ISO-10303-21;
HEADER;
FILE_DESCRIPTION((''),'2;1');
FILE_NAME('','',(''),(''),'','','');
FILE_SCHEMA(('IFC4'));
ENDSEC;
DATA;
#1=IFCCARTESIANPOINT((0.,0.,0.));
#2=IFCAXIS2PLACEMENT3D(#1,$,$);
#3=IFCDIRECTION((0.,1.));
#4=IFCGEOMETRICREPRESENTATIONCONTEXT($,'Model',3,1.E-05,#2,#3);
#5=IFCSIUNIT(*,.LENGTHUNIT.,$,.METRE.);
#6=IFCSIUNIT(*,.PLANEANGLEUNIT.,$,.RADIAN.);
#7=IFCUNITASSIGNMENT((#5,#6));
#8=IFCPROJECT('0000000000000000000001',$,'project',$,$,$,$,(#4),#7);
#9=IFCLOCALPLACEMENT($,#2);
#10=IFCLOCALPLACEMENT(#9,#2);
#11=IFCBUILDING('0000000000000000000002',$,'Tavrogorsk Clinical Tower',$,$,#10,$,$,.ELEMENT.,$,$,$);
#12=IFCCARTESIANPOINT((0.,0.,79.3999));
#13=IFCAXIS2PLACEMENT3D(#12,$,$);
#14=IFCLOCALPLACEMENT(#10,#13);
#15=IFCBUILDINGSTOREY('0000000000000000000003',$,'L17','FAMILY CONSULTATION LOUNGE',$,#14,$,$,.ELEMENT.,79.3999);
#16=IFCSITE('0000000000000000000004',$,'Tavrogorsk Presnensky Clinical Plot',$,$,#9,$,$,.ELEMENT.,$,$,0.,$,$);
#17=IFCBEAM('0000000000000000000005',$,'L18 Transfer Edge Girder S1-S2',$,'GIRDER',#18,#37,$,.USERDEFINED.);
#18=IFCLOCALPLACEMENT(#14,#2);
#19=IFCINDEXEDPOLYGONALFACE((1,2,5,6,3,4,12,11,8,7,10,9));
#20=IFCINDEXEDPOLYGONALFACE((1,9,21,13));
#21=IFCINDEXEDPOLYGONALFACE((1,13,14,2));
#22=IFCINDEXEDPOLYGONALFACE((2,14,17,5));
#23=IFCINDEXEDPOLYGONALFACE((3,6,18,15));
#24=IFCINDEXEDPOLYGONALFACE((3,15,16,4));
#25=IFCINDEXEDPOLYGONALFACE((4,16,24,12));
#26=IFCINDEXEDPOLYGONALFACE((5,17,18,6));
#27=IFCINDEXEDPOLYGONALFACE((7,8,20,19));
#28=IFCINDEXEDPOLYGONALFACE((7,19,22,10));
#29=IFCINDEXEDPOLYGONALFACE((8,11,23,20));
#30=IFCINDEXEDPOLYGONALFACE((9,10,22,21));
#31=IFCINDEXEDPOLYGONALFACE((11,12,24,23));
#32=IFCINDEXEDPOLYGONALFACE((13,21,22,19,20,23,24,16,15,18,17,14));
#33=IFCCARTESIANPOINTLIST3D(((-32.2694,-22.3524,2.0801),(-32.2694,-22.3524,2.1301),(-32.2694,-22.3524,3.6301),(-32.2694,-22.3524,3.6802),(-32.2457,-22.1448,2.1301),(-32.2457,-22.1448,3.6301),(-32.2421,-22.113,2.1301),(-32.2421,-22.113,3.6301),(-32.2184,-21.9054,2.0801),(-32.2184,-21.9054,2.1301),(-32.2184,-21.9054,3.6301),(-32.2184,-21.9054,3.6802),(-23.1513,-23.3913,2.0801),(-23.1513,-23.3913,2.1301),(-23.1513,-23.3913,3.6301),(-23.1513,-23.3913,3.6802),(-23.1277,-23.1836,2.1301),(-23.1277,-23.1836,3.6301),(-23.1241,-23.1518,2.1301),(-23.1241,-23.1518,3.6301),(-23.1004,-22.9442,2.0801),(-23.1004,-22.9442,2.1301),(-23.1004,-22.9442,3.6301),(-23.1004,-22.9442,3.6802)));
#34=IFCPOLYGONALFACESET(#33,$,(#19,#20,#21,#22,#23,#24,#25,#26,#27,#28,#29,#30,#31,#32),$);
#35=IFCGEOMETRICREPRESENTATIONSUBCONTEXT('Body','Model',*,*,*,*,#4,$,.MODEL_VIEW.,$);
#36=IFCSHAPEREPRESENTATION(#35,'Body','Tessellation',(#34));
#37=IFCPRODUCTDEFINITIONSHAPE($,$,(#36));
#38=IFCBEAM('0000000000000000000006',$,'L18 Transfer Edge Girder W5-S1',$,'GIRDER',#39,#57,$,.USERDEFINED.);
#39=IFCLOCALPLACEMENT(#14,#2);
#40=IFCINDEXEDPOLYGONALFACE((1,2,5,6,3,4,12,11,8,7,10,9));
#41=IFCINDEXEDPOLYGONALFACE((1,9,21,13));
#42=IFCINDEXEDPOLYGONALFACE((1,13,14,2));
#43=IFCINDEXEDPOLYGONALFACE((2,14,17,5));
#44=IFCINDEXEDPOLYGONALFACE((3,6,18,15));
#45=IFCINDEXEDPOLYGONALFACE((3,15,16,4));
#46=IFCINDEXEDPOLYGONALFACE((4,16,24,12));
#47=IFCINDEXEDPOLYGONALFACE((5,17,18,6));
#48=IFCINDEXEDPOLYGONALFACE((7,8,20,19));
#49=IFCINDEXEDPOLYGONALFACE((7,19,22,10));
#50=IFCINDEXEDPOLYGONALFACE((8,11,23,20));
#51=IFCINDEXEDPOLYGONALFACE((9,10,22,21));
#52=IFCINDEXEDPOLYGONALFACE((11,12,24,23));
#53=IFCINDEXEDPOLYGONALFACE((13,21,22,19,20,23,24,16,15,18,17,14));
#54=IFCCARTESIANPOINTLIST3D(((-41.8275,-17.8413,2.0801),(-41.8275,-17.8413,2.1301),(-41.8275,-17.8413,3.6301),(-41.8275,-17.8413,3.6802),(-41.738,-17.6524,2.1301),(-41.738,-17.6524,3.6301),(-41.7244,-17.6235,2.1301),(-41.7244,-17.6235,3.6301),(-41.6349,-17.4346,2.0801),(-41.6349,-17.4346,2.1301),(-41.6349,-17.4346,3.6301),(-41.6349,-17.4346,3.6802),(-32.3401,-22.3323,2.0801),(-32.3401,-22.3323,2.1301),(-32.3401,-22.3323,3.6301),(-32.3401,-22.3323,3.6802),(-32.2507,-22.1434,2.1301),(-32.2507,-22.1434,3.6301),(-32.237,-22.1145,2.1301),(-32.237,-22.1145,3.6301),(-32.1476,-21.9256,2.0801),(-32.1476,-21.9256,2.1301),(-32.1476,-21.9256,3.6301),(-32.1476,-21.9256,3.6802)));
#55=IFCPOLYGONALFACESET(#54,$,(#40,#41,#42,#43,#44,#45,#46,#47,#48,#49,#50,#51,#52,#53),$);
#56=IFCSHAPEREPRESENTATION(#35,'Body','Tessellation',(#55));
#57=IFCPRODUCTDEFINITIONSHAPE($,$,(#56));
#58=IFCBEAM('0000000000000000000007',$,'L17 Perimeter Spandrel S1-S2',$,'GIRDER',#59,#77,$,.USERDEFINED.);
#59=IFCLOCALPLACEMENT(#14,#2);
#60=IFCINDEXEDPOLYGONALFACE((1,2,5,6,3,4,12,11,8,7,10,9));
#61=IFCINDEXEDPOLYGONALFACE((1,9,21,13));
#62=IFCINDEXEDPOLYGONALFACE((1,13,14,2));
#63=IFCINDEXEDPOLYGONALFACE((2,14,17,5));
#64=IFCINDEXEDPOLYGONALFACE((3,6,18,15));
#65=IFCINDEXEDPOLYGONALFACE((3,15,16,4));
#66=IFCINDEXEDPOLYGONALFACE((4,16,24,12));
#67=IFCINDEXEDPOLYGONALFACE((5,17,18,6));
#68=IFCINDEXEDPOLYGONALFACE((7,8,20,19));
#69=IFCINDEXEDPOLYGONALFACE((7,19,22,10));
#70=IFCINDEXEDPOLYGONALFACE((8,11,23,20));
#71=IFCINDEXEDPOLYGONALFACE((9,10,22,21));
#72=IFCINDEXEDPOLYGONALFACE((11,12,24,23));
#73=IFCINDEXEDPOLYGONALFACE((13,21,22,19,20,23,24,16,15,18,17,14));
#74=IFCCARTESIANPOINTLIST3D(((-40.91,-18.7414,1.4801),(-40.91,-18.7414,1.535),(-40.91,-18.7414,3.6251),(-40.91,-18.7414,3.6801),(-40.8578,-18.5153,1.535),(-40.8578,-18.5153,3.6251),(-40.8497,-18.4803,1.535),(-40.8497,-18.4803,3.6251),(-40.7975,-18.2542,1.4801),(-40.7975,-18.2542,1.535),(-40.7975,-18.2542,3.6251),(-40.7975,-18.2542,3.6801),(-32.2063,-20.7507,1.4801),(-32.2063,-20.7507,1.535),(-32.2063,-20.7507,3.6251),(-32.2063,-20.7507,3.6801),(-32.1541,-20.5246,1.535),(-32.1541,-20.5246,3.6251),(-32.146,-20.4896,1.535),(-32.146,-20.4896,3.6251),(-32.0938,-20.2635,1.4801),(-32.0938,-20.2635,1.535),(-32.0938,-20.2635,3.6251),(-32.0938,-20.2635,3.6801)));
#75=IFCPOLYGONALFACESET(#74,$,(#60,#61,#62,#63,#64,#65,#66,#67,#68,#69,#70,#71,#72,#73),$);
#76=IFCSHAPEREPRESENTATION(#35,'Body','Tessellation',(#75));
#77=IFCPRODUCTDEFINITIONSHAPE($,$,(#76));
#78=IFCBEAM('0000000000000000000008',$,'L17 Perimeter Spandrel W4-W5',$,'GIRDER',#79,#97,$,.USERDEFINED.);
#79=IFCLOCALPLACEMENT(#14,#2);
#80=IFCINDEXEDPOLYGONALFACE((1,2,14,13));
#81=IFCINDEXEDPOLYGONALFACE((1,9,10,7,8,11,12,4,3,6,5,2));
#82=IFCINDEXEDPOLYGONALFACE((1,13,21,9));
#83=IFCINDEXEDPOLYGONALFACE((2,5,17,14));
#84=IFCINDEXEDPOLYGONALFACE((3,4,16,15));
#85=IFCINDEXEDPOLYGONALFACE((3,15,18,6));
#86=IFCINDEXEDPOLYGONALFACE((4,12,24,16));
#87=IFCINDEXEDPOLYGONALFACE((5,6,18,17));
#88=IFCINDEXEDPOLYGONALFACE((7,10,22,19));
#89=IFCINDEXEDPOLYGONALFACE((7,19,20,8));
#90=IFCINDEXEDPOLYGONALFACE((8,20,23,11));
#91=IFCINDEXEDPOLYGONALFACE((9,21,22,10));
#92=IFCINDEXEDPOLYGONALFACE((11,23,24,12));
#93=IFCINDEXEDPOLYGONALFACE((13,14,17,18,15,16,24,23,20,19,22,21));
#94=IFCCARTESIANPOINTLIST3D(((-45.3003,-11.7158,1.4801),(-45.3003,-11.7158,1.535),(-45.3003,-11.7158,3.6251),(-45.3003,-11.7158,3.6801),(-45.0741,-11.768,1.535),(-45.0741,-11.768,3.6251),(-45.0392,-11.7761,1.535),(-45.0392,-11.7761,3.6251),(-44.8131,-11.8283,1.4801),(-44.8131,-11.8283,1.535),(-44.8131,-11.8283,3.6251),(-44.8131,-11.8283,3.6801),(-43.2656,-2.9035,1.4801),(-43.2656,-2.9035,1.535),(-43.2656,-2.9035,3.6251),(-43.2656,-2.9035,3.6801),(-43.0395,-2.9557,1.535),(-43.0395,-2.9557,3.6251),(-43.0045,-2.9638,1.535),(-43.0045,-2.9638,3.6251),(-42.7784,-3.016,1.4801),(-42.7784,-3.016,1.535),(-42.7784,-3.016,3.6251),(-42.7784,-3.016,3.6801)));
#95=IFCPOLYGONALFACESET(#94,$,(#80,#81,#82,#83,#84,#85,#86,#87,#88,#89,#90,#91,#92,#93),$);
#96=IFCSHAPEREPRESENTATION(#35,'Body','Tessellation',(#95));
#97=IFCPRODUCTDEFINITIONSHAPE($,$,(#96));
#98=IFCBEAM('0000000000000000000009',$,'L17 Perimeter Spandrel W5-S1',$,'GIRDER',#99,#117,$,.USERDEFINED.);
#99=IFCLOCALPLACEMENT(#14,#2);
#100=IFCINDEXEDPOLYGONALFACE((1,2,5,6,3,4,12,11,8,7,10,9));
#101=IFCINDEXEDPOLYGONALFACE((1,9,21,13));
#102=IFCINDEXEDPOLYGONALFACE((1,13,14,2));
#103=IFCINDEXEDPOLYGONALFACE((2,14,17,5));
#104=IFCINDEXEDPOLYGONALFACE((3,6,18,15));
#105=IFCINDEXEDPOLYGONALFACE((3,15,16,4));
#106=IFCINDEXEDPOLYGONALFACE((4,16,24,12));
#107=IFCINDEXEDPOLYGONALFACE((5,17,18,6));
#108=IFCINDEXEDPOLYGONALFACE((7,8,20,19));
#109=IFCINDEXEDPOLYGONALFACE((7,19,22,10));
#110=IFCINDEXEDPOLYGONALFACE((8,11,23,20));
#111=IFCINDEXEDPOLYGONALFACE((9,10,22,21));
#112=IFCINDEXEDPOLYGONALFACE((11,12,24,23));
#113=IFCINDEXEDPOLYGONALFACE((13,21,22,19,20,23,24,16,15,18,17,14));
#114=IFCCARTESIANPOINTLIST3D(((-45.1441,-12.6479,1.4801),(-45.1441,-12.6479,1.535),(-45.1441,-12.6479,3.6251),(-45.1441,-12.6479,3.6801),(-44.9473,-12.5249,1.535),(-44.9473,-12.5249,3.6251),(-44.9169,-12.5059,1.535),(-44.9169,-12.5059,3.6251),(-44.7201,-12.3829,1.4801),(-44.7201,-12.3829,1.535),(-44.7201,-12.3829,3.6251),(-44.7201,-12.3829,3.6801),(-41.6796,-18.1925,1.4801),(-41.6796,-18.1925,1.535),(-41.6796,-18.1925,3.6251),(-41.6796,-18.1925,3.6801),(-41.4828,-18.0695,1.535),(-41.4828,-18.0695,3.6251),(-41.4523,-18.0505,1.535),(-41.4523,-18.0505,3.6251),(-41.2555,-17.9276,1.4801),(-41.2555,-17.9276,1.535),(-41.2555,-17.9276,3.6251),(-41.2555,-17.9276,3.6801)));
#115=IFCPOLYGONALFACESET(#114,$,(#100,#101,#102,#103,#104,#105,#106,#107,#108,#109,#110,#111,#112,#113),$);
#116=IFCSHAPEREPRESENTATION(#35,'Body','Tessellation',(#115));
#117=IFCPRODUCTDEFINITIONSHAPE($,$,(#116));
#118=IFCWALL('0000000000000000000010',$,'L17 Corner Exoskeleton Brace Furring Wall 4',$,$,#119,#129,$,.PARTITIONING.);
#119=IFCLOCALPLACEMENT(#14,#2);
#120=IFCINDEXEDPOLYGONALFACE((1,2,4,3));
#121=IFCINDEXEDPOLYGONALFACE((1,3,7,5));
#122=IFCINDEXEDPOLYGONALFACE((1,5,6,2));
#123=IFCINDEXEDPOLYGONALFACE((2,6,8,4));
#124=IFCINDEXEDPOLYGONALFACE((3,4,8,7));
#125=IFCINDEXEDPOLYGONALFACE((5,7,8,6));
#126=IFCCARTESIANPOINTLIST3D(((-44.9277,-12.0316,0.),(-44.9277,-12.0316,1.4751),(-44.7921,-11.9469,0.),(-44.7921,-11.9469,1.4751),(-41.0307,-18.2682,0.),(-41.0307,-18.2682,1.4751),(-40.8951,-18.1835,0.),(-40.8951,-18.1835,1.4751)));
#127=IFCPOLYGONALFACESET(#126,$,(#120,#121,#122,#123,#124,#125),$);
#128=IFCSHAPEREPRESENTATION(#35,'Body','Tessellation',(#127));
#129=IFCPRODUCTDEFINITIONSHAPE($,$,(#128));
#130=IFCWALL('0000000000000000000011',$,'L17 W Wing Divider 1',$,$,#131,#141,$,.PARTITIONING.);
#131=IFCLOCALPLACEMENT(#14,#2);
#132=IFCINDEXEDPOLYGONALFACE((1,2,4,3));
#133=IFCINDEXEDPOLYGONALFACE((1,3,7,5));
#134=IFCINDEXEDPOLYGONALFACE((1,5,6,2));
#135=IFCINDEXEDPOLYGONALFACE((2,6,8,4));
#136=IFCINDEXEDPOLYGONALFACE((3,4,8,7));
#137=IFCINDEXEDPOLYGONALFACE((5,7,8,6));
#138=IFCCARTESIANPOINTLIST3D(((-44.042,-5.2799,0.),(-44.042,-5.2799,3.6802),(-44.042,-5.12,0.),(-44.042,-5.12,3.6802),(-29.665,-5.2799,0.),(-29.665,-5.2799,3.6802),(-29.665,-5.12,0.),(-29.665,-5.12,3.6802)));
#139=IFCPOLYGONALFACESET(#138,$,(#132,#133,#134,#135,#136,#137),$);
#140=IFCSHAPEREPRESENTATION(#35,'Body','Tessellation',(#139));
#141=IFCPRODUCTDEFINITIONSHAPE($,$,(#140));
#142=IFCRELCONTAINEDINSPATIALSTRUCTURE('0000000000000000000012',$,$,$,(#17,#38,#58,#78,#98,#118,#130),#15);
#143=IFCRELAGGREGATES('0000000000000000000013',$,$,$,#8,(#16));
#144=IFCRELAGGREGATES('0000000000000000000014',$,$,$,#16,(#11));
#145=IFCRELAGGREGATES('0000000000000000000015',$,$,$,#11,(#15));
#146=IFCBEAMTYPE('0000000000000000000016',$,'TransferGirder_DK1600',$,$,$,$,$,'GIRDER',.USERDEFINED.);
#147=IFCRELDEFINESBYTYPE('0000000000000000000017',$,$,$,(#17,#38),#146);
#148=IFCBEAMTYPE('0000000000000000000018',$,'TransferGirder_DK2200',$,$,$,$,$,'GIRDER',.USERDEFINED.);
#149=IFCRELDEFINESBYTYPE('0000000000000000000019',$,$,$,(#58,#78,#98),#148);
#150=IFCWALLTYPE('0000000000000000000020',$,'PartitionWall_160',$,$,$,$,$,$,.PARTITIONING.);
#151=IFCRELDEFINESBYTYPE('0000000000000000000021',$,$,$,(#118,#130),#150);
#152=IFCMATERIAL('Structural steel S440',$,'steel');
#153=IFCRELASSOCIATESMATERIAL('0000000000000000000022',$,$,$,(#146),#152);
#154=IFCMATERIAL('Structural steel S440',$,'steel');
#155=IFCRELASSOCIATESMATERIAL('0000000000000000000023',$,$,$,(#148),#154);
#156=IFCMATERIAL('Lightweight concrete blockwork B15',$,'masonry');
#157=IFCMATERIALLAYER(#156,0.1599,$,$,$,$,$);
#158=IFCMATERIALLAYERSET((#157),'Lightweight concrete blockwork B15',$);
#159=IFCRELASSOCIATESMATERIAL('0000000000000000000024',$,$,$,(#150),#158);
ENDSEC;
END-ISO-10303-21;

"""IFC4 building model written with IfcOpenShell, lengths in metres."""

from ifc_helpers import new_model, si_unit, direction, frame, frame_2d, origin, origin_2d, place, context, subcontext, project, spatial, rectangle, i_section, extrude, material, layer, layer_set, material_profile, profile_set, type_object, element, save


model = new_model("IFC4")

# Units and contexts
model_context = context("Model", 3, precision=1e-05, world=origin(), true_north=direction((0.0, 1.0)))
body_context = subcontext(model_context, "Body", "Model", "MODEL_VIEW")
ifc_project = project(units=[si_unit("LENGTHUNIT", "METRE"), si_unit("PLANEANGLEUNIT", "RADIAN")], contexts=[model_context])

# Site, building, storey
site_placement = place(None, origin())
site = spatial("IfcSite", under=ifc_project, at=site_placement, Name="Tavrogorsk Presnensky Clinical Plot", CompositionType="ELEMENT", RefElevation=0.0)
building_placement = place(site_placement, origin())
building = spatial("IfcBuilding", under=site, at=building_placement, Name="Tavrogorsk Clinical Tower", CompositionType="ELEMENT")
storey_placement = place(building_placement, frame((0.0, 0.0, 79.3999)))
storey = spatial("IfcBuildingStorey", under=building, at=storey_placement, Name="L17", Description="FAMILY CONSULTATION LOUNGE", CompositionType="ELEMENT", Elevation=79.3999)

# Beams
ifc_material_1 = material(Name="Structural steel S440", Category="steel")
ifc_material_profile_1 = material_profile(ifc_material_1, i_section(OverallWidth=0.45, OverallDepth=1.6001, WebThickness=0.032, FlangeThickness=0.05, at=origin_2d()), Name="DK-1600x450x32x50")
ifc_profile_set_1 = profile_set([ifc_material_profile_1], Name="Structural steel S440")
beam_type_1 = type_object("IfcBeamType", Name="TransferGirder_DK1600", ElementType="GIRDER", PredefinedType="USERDEFINED", material=ifc_profile_set_1)
beam_1_placement = place(storey_placement, frame((-32.2439, -22.1289, 2.8801), z_axis=(0.993572, -0.113199, 0.0), x_axis=(0.113199, 0.993572, 0.0)))
element("IfcBeam", 1, at=beam_1_placement, inside=storey, type_object=beam_type_1, Name="L18 Transfer Edge Girder S1-S2", ObjectType="GIRDER", PredefinedType="USERDEFINED", context=body_context, shape_type="SweptSolid", body=[
    extrude(i_section(OverallWidth=0.45, OverallDepth=1.6001, WebThickness=0.032, FlangeThickness=0.05, at=origin_2d()), origin(), (0.0, 0.0, 1.0), 9.177),
])
beam_2_placement = place(storey_placement, frame((-41.7312, -17.6379, 2.8801), z_axis=(0.903849, -0.427851, 0.0), x_axis=(0.427851, 0.903849, 0.0)))
element("IfcBeam", 2, at=beam_2_placement, inside=storey, type_object=beam_type_1, Name="L18 Transfer Edge Girder W5-S1", ObjectType="GIRDER", PredefinedType="USERDEFINED", context=body_context, shape_type="SweptSolid", body=[
    extrude(i_section(OverallWidth=0.45, OverallDepth=1.6001, WebThickness=0.032, FlangeThickness=0.05, at=origin_2d()), origin(), (0.0, 0.0, 1.0), 10.4966),
])
ifc_material_2 = material(Name="Structural steel S440", Category="steel")
ifc_material_profile_2 = material_profile(ifc_material_2, i_section(OverallWidth=0.5, OverallDepth=2.2, WebThickness=0.0359, FlangeThickness=0.0549, at=origin_2d()), Name="DK-2200x500x36x55")
ifc_profile_set_2 = profile_set([ifc_material_profile_2], Name="Structural steel S440")
beam_type_2 = type_object("IfcBeamType", Name="TransferGirder_DK2200", ElementType="GIRDER", PredefinedType="USERDEFINED", material=ifc_profile_set_2)
beam_3_placement = place(storey_placement, frame((-40.8538, -18.4978, 2.5801), z_axis=(0.974373, -0.224939, 0.0), x_axis=(0.224939, 0.974373, 0.0)))
element("IfcBeam", 3, at=beam_3_placement, inside=storey, type_object=beam_type_2, Name="L17 Perimeter Spandrel S1-S2", ObjectType="GIRDER", PredefinedType="USERDEFINED", context=body_context, shape_type="SweptSolid", body=[
    extrude(i_section(OverallWidth=0.5, OverallDepth=2.2, WebThickness=0.0359, FlangeThickness=0.0549, at=origin_2d()), origin(), (0.0, 0.0, 1.0), 8.9326),
])
beam_4_placement = place(storey_placement, frame((-43.022, -2.9597, 2.5801), z_axis=(-0.224972, -0.974365, 0.0), x_axis=(0.974365, -0.224972, 0.0)))
element("IfcBeam", 4, at=beam_4_placement, inside=storey, type_object=beam_type_2, Name="L17 Perimeter Spandrel W4-W5", ObjectType="GIRDER", PredefinedType="USERDEFINED", context=body_context, shape_type="SweptSolid", body=[
    extrude(i_section(OverallWidth=0.5, OverallDepth=2.2, WebThickness=0.0359, FlangeThickness=0.0549, at=origin_2d()), origin(), (0.0, 0.0, 1.0), 9.0442),
])
beam_5_placement = place(storey_placement, frame((-44.9321, -12.5154, 2.5801), z_axis=(0.529908, -0.848055, 0.0), x_axis=(0.848055, 0.529908, 0.0)))
element("IfcBeam", 5, at=beam_5_placement, inside=storey, type_object=beam_type_2, Name="L17 Perimeter Spandrel W5-S1", ObjectType="GIRDER", PredefinedType="USERDEFINED", context=body_context, shape_type="SweptSolid", body=[
    extrude(i_section(OverallWidth=0.5, OverallDepth=2.2, WebThickness=0.0359, FlangeThickness=0.0549, at=origin_2d()), origin(), (0.0, 0.0, 1.0), 6.5381),
])

# Walls
ifc_material_3 = material(Name="Lightweight concrete blockwork B15", Category="masonry")
ifc_layer_1 = layer(ifc_material_3, 0.1599)
ifc_layer_set_1 = layer_set([ifc_layer_1], Name="Lightweight concrete blockwork B15")
wall_type_1 = type_object("IfcWallType", Name="PartitionWall_160", PredefinedType="PARTITIONING", material=ifc_layer_set_1)
wall_1_placement = place(storey_placement, frame((-44.8599, -11.9893, 0.0), z_axis=(0.0, 0.0, 1.0), x_axis=(0.529912, -0.848052, 0.0)))
element("IfcWall", 6, at=wall_1_placement, inside=storey, type_object=wall_type_1, Name="L17 Corner Exoskeleton Brace Furring Wall 4", PredefinedType="PARTITIONING", context=body_context, shape_type="SweptSolid", body=[
    extrude(rectangle(XDim=7.354, YDim=0.1599, at=frame_2d((3.677, 0.0))), origin(), (0.0, 0.0, 1.0), 1.4751),
])
wall_2_placement = place(storey_placement, frame((-44.042, -5.2, 0.0), z_axis=(0.0, 0.0, 1.0), x_axis=(1.0, 0.0, 0.0)))
element("IfcWall", 7, at=wall_2_placement, inside=storey, type_object=wall_type_1, Name="L17 W Wing Divider 1", PredefinedType="PARTITIONING", context=body_context, shape_type="SweptSolid", body=[
    extrude(rectangle(XDim=14.377, YDim=0.1599, at=frame_2d((7.1885, 0.0))), origin(), (0.0, 0.0, 1.0), 3.6802),
])

save(model, "model.ifc")
